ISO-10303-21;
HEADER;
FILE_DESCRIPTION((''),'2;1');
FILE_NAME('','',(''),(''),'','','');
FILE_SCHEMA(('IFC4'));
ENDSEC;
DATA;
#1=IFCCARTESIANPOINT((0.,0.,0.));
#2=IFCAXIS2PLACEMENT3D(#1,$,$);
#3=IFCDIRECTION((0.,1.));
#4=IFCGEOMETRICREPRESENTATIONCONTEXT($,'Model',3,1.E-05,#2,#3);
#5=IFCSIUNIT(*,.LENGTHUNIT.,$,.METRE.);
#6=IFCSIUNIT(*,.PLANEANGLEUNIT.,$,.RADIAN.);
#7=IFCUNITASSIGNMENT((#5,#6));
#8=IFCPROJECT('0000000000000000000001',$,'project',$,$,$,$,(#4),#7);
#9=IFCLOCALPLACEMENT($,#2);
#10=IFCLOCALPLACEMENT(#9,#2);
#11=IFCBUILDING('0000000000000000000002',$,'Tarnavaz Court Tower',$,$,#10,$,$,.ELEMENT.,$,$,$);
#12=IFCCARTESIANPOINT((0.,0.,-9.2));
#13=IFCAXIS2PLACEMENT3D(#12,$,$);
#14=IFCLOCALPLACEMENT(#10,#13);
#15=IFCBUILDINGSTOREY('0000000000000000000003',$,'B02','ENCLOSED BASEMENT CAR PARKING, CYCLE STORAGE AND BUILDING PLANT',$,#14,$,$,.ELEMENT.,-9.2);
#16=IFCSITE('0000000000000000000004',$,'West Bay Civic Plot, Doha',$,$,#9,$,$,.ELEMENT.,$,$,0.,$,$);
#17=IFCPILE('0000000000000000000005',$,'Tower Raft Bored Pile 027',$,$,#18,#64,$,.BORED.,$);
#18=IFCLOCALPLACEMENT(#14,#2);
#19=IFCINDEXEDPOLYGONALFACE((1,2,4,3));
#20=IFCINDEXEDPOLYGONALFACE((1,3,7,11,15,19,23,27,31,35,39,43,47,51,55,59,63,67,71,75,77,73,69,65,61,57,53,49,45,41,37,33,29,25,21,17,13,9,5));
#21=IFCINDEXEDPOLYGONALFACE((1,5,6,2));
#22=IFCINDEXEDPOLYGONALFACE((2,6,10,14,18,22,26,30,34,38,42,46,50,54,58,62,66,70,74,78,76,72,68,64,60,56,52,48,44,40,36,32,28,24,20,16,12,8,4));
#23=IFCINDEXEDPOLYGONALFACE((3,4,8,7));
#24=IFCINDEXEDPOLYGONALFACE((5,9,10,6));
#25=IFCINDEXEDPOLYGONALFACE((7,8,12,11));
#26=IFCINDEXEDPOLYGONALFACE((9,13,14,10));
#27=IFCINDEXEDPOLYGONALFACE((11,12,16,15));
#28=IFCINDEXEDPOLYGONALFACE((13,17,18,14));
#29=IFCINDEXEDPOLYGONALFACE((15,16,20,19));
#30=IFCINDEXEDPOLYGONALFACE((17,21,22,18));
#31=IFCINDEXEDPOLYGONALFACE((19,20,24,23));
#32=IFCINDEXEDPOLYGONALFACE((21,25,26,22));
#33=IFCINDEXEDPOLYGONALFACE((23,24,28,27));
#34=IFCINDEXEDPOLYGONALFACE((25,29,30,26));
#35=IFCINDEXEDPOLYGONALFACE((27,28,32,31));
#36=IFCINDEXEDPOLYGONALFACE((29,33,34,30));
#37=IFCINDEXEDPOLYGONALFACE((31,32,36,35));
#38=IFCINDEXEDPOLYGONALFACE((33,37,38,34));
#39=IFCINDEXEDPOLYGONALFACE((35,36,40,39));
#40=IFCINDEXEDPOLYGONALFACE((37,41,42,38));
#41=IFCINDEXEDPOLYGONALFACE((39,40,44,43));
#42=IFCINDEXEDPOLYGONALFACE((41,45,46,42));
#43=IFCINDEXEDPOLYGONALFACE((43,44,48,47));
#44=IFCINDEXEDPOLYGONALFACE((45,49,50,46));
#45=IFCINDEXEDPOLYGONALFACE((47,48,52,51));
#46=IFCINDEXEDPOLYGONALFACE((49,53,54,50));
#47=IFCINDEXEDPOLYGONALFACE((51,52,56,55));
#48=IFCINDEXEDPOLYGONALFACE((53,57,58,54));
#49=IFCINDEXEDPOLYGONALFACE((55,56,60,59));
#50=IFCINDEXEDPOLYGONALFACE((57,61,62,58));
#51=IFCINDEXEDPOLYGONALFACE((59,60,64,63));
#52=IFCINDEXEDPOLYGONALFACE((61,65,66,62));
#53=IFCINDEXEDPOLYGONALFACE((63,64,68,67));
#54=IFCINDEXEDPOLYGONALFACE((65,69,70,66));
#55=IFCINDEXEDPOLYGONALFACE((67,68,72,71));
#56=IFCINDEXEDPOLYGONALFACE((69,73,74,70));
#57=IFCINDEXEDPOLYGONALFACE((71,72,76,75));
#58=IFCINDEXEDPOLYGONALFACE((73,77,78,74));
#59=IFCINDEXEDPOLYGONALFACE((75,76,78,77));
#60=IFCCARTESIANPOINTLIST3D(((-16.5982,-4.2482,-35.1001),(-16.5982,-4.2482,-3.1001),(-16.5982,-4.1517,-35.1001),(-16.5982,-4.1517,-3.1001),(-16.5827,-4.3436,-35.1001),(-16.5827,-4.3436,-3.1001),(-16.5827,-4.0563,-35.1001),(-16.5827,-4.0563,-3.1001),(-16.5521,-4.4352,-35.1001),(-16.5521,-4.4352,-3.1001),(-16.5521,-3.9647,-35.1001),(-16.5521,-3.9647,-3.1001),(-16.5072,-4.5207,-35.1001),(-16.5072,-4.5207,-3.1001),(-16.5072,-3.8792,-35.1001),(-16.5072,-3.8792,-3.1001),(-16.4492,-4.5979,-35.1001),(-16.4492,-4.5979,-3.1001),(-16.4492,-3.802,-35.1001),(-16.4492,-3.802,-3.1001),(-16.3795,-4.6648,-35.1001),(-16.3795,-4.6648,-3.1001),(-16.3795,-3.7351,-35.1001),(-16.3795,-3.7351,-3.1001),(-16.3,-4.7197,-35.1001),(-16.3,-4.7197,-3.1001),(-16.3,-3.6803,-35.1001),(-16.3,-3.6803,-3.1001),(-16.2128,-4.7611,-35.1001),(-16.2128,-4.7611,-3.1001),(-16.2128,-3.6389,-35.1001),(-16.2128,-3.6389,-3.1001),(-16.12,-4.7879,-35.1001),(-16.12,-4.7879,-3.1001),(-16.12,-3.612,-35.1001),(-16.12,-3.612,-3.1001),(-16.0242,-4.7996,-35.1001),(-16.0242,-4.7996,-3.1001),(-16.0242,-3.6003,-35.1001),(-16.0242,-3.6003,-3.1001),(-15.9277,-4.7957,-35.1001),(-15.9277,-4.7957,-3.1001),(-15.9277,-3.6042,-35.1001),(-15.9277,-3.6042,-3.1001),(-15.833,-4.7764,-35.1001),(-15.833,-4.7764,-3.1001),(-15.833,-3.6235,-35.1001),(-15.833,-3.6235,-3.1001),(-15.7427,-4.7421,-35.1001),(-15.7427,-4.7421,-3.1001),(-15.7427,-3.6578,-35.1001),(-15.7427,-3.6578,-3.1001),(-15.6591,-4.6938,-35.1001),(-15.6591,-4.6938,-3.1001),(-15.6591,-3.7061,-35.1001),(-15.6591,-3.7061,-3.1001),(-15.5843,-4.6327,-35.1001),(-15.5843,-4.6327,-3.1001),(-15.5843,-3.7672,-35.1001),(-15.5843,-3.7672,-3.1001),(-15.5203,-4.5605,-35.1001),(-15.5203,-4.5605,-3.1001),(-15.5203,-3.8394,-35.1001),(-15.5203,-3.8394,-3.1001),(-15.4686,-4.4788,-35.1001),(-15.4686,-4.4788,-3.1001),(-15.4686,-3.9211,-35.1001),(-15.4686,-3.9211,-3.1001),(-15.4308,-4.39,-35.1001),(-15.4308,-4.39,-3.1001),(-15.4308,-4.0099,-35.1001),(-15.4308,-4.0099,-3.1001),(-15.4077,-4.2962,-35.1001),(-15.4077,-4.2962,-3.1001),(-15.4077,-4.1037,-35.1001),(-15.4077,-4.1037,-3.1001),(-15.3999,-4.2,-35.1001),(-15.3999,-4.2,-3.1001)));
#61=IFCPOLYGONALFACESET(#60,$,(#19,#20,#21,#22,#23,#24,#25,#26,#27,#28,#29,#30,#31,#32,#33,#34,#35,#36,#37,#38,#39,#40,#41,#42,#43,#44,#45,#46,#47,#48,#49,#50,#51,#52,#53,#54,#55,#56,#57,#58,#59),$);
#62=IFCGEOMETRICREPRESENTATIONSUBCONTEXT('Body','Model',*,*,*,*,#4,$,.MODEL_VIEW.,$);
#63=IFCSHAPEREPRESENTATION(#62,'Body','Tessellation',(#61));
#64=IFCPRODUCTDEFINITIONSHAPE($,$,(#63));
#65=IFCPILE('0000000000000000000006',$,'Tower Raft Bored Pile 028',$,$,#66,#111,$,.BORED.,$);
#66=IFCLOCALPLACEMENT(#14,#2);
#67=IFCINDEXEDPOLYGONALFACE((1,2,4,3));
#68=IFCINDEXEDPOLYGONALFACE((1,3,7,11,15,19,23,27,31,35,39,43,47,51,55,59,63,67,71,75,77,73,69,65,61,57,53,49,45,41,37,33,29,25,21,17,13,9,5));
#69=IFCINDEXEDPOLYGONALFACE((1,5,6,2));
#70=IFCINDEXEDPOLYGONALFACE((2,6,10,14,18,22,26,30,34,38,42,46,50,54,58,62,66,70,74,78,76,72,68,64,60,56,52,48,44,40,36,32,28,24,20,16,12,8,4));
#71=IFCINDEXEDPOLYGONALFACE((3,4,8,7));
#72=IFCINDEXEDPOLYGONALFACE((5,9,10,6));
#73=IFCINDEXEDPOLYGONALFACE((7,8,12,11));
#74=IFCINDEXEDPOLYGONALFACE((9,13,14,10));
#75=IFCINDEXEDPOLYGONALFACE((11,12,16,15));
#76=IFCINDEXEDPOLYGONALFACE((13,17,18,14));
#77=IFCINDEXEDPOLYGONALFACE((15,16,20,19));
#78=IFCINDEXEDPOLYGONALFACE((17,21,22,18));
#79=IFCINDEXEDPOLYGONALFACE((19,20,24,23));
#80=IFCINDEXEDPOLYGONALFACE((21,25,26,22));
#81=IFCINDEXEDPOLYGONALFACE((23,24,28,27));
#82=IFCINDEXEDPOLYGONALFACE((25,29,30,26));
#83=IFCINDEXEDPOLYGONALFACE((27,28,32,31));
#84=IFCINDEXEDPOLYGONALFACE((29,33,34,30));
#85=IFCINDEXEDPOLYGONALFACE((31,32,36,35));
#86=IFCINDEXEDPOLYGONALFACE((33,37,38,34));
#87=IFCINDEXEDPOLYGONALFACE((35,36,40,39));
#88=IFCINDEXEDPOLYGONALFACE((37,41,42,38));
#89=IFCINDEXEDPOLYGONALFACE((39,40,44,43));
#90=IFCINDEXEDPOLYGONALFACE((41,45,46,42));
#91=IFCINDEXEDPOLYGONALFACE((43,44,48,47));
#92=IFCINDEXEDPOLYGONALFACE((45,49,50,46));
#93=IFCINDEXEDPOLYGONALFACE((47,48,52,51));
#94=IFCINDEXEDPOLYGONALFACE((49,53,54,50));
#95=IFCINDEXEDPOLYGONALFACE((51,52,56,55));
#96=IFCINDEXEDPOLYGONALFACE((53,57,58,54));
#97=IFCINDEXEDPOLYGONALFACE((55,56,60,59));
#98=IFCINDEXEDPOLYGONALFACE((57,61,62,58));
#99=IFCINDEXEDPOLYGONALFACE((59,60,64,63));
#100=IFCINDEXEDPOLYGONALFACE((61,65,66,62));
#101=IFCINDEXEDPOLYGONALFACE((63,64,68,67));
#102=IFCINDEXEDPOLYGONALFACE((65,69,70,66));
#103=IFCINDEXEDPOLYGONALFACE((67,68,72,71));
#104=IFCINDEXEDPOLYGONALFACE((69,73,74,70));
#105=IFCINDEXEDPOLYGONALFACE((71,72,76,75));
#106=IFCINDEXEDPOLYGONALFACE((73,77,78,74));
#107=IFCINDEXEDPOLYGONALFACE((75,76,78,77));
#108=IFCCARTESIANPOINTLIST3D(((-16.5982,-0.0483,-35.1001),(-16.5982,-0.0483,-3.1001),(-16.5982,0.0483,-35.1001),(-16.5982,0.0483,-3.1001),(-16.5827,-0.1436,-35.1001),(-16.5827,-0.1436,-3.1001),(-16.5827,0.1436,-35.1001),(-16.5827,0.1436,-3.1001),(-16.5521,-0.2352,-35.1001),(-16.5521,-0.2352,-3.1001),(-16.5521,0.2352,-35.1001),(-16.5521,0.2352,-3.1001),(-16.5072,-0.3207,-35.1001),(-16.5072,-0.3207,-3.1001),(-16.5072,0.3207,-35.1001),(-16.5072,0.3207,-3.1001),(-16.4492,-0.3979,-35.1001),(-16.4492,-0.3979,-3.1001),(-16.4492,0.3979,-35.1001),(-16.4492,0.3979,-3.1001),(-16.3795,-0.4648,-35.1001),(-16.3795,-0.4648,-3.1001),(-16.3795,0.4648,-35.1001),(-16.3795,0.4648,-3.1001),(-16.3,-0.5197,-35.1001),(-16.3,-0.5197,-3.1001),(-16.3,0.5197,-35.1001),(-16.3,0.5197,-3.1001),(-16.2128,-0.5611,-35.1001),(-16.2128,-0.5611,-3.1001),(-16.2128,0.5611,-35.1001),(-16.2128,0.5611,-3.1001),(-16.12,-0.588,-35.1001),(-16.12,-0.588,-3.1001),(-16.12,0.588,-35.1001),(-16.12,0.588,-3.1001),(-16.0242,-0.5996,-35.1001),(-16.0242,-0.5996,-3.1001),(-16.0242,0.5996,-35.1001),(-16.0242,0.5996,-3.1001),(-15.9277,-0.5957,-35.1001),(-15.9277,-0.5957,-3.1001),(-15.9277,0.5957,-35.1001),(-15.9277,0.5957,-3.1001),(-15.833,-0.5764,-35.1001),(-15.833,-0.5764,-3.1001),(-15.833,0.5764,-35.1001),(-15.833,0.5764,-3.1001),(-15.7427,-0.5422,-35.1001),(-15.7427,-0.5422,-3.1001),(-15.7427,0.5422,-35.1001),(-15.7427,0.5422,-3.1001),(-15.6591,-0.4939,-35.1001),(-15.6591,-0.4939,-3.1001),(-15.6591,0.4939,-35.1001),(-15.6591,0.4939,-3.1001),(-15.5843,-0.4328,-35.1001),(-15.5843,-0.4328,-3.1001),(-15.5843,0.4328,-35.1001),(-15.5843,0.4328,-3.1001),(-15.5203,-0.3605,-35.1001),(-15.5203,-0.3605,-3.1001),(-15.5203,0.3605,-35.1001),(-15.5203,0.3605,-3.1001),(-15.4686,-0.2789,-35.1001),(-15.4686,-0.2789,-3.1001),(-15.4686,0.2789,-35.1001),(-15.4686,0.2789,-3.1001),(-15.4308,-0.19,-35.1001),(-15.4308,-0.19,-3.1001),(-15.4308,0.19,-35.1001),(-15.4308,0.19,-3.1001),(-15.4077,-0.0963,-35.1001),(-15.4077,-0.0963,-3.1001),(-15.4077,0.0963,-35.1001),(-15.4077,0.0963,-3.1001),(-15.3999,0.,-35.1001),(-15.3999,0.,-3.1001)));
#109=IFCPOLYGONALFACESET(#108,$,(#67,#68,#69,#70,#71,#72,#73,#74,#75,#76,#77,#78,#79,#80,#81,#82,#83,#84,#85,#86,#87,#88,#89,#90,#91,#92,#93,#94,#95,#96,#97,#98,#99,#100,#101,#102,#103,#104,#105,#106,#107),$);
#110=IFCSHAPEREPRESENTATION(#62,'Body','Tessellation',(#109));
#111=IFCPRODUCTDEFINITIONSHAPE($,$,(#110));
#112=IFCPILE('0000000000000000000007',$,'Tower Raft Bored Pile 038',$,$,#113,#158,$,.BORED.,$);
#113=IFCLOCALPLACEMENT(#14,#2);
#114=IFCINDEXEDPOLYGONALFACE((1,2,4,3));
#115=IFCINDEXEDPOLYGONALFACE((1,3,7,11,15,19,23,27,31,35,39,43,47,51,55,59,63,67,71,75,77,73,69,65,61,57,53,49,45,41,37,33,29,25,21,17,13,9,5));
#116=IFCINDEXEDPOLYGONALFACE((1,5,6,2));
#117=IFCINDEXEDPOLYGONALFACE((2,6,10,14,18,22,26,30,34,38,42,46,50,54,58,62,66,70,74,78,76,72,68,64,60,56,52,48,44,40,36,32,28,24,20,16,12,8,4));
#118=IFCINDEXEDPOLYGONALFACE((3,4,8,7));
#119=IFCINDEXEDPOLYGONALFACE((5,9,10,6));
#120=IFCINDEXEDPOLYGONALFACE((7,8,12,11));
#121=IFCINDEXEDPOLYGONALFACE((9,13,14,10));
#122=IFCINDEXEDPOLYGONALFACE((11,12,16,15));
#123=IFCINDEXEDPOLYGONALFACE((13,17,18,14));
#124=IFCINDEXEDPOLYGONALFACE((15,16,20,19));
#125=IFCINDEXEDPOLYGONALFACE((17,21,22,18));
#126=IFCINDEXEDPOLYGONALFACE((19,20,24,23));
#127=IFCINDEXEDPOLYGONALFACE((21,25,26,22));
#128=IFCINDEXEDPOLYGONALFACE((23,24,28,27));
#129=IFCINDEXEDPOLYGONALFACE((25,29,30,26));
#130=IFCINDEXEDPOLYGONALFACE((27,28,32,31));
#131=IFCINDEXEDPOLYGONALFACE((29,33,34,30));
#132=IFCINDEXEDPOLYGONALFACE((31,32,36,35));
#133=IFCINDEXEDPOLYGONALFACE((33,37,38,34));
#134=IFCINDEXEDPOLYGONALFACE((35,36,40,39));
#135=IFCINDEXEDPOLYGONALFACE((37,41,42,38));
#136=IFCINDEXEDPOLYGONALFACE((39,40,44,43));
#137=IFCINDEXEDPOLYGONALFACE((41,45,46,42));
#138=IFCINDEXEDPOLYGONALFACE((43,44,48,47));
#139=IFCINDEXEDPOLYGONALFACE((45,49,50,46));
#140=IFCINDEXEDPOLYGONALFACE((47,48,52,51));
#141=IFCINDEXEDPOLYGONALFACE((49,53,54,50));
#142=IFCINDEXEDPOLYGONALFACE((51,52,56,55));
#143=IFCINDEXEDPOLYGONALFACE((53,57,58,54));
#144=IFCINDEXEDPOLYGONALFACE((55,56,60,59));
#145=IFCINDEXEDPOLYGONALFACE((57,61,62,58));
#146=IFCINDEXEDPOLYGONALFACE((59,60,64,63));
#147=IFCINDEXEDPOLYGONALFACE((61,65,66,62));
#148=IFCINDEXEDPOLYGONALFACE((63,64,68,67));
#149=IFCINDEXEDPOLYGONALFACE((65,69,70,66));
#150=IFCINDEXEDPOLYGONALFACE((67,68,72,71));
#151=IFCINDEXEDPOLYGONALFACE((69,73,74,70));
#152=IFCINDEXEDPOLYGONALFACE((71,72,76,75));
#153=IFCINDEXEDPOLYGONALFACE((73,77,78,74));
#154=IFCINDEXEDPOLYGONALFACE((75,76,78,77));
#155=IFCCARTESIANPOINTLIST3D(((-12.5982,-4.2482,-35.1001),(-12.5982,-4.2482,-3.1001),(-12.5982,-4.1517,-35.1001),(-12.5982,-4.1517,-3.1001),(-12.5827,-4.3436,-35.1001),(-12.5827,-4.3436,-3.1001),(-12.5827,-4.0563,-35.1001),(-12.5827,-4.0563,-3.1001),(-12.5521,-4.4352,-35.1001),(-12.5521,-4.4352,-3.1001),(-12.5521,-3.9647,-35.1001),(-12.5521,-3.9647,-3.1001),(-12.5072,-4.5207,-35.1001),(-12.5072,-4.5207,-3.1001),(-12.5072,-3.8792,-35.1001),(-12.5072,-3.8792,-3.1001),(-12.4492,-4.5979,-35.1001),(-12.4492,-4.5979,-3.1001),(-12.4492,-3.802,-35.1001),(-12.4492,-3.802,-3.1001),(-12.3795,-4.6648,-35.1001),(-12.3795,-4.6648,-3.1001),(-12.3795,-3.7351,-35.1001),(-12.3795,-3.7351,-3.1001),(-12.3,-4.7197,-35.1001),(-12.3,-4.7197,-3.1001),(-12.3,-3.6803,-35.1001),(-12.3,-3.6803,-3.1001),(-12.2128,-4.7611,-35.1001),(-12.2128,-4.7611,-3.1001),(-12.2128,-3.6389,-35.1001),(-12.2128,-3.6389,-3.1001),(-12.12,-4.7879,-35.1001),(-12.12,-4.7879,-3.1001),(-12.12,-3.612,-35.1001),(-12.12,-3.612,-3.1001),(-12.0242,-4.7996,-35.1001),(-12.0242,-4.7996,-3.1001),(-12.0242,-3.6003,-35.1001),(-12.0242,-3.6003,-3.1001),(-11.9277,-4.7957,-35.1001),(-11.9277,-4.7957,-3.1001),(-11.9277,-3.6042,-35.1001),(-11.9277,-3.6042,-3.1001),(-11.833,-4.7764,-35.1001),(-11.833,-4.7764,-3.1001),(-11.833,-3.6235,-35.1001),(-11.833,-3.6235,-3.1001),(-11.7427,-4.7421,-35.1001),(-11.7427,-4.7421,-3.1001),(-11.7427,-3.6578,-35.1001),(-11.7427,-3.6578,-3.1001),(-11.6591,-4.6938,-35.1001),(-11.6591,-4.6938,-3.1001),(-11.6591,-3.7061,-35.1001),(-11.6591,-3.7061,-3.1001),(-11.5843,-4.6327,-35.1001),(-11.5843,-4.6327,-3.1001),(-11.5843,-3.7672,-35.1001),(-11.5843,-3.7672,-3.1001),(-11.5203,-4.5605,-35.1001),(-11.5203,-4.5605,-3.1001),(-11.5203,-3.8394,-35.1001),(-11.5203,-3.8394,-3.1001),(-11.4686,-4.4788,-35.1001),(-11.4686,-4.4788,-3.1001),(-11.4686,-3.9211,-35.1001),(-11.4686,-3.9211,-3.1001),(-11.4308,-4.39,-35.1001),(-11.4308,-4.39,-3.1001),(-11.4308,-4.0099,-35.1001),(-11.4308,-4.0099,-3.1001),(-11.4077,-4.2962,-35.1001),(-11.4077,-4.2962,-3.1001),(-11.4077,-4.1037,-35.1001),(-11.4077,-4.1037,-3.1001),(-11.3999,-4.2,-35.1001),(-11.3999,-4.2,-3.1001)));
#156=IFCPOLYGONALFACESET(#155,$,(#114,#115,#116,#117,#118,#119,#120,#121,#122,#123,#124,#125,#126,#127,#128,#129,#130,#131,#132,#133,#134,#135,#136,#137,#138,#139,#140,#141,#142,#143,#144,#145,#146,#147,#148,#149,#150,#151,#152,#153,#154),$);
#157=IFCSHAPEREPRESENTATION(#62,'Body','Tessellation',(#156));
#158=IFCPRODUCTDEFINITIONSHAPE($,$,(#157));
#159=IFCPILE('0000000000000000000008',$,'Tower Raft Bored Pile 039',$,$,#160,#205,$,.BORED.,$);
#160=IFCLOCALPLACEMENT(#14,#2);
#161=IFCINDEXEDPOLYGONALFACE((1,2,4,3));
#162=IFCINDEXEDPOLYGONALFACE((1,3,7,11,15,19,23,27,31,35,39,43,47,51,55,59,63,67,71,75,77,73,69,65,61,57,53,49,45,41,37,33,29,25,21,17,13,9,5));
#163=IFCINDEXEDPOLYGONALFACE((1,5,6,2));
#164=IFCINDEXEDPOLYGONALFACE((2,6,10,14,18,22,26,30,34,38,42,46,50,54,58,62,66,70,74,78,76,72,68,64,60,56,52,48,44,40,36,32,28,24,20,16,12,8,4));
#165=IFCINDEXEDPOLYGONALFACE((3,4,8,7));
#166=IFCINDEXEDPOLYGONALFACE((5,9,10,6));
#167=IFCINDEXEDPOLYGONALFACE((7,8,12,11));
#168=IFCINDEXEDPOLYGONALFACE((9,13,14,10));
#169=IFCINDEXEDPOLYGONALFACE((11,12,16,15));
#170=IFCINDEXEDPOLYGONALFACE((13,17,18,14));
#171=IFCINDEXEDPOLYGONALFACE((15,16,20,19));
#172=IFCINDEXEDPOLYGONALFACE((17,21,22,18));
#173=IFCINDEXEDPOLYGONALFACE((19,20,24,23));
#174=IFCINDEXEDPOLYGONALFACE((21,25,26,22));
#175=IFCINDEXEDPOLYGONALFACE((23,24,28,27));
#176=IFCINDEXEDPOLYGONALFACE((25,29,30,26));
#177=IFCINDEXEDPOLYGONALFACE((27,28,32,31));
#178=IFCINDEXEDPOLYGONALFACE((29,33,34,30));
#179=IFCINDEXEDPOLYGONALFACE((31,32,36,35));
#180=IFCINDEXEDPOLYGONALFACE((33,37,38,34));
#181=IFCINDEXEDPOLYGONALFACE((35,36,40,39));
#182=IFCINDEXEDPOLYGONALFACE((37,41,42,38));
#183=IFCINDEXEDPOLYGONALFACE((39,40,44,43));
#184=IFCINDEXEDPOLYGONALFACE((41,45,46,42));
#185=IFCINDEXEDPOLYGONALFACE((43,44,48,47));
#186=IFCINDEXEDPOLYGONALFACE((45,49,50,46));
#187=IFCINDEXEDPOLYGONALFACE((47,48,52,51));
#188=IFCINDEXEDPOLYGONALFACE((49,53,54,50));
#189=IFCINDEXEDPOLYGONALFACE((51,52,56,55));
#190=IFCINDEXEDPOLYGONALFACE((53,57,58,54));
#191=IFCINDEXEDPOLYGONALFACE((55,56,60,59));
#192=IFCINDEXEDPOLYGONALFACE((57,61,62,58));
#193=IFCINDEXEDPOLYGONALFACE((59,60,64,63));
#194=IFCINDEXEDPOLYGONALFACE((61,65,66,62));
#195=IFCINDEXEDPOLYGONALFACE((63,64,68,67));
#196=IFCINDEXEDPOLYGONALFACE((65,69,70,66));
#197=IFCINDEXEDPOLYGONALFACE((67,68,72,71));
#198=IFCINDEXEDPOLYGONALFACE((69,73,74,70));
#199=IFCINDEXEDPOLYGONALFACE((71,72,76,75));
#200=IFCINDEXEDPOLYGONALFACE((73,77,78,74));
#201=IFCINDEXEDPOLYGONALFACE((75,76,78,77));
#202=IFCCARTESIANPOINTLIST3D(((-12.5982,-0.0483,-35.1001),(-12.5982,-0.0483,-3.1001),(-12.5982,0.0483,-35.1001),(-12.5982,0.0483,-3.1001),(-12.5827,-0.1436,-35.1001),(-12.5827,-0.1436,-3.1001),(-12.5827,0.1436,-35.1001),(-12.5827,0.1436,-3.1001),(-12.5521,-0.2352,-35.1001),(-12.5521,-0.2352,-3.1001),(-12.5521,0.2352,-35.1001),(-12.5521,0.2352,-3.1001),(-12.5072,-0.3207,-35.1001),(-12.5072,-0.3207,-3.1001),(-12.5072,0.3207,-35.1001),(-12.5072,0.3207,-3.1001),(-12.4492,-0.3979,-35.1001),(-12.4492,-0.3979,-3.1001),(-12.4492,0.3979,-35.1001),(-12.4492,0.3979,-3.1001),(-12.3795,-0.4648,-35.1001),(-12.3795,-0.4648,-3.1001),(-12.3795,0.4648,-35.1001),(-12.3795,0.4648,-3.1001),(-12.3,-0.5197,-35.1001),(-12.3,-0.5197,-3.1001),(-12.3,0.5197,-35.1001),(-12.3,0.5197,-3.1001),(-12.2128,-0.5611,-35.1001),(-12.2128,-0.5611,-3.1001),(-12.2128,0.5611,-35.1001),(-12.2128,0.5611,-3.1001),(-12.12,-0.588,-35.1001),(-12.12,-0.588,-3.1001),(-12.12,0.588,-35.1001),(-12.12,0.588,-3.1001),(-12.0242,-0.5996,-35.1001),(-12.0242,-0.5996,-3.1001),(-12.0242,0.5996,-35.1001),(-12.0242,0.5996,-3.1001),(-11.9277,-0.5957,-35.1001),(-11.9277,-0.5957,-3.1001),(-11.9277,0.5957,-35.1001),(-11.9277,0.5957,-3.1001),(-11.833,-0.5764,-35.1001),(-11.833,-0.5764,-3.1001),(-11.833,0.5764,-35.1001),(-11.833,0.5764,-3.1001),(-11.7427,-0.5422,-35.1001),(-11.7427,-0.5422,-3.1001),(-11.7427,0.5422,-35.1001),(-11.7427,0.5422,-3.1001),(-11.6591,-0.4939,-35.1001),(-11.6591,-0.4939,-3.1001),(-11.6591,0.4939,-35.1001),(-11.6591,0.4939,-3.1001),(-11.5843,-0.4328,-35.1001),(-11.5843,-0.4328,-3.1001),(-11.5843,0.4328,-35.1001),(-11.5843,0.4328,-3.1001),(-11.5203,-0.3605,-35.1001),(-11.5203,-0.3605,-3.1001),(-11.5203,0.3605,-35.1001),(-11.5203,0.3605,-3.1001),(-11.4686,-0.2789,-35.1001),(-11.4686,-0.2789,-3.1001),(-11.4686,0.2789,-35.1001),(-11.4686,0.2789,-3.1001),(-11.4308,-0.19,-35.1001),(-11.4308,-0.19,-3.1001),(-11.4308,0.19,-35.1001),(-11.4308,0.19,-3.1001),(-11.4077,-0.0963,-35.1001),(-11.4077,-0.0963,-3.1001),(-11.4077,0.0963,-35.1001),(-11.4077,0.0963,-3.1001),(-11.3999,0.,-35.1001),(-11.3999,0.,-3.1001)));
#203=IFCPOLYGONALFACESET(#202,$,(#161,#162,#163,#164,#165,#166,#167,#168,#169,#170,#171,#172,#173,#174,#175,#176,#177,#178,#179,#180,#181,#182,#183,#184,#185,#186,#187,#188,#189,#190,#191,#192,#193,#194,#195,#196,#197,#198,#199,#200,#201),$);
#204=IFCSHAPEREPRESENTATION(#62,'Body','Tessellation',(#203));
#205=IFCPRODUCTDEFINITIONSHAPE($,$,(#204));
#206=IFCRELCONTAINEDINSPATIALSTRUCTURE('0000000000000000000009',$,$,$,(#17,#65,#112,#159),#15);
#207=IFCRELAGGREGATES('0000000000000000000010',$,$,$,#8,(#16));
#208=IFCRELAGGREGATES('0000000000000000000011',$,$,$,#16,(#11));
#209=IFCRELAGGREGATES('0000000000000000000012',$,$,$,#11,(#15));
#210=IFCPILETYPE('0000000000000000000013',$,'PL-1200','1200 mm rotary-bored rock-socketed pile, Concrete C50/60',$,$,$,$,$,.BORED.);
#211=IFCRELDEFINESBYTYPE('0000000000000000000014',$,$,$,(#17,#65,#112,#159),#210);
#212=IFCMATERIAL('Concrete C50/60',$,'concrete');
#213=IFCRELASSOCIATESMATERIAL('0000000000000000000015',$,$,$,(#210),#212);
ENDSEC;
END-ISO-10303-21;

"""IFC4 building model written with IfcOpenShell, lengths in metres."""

from ifc_helpers import new_model, si_unit, direction, frame, origin, origin_2d, place, context, subcontext, project, spatial, circle, extrude, material, material_profile, profile_set, type_object, element, save


model = new_model("IFC4")

# Units and contexts
model_context = context("Model", 3, precision=1e-05, world=origin(), true_north=direction((0.0, 1.0)))
body_context = subcontext(model_context, "Body", "Model", "MODEL_VIEW")
ifc_project = project(units=[si_unit("LENGTHUNIT", "METRE"), si_unit("PLANEANGLEUNIT", "RADIAN")], contexts=[model_context])

# Site, building, storey
site_placement = place(None, origin())
site = spatial("IfcSite", under=ifc_project, at=site_placement, Name="West Bay Civic Plot, Doha", CompositionType="ELEMENT", RefElevation=0.0)
building_placement = place(site_placement, origin())
building = spatial("IfcBuilding", under=site, at=building_placement, Name="Tarnavaz Court Tower", CompositionType="ELEMENT")
storey_placement = place(building_placement, frame((0.0, 0.0, -9.2)))
storey = spatial("IfcBuildingStorey", under=building, at=storey_placement, Name="B02", Description="ENCLOSED BASEMENT CAR PARKING, CYCLE STORAGE AND BUILDING PLANT", CompositionType="ELEMENT", Elevation=-9.2)

# Piles
ifc_material_1 = material(Name="Concrete C50/60", Category="concrete")
ifc_material_profile_1 = material_profile(ifc_material_1, circle(Radius=0.6001, at=origin_2d()), Name="PILE D1200")
ifc_profile_set_1 = profile_set([ifc_material_profile_1], Name="Concrete C50/60")
pile_type = type_object("IfcPileType", Name="PL-1200", Description="1200 mm rotary-bored rock-socketed pile, Concrete C50/60", PredefinedType="BORED", material=ifc_profile_set_1)
for number, where, z_axis, x_axis, name in (
    (1, (-16.0, -4.2, -3.1001), (0.0, 0.0, -1.0), (1.0, 0.0, 0.0), "Tower Raft Bored Pile 027"),
    (2, (-16.0, 0.0, -3.1001), (0.0, 0.0, -1.0), (1.0, 0.0, 0.0), "Tower Raft Bored Pile 028"),
    (3, (-12.0, -4.2, -3.1001), (0.0, 0.0, -1.0), (1.0, 0.0, 0.0), "Tower Raft Bored Pile 038"),
    (4, (-12.0, 0.0, -3.1001), (0.0, 0.0, -1.0), (1.0, 0.0, 0.0), "Tower Raft Bored Pile 039"),
):
    element("IfcPile", number, at=place(storey_placement, frame(where, z_axis=z_axis, x_axis=x_axis)), inside=storey, type_object=pile_type, Name=name, PredefinedType="BORED", context=body_context, shape_type="SweptSolid", body=[
        extrude(circle(Radius=0.6001, at=origin_2d()), origin(), (0.0, 0.0, 1.0), 32.0),
    ])

save(model, "model.ifc")
